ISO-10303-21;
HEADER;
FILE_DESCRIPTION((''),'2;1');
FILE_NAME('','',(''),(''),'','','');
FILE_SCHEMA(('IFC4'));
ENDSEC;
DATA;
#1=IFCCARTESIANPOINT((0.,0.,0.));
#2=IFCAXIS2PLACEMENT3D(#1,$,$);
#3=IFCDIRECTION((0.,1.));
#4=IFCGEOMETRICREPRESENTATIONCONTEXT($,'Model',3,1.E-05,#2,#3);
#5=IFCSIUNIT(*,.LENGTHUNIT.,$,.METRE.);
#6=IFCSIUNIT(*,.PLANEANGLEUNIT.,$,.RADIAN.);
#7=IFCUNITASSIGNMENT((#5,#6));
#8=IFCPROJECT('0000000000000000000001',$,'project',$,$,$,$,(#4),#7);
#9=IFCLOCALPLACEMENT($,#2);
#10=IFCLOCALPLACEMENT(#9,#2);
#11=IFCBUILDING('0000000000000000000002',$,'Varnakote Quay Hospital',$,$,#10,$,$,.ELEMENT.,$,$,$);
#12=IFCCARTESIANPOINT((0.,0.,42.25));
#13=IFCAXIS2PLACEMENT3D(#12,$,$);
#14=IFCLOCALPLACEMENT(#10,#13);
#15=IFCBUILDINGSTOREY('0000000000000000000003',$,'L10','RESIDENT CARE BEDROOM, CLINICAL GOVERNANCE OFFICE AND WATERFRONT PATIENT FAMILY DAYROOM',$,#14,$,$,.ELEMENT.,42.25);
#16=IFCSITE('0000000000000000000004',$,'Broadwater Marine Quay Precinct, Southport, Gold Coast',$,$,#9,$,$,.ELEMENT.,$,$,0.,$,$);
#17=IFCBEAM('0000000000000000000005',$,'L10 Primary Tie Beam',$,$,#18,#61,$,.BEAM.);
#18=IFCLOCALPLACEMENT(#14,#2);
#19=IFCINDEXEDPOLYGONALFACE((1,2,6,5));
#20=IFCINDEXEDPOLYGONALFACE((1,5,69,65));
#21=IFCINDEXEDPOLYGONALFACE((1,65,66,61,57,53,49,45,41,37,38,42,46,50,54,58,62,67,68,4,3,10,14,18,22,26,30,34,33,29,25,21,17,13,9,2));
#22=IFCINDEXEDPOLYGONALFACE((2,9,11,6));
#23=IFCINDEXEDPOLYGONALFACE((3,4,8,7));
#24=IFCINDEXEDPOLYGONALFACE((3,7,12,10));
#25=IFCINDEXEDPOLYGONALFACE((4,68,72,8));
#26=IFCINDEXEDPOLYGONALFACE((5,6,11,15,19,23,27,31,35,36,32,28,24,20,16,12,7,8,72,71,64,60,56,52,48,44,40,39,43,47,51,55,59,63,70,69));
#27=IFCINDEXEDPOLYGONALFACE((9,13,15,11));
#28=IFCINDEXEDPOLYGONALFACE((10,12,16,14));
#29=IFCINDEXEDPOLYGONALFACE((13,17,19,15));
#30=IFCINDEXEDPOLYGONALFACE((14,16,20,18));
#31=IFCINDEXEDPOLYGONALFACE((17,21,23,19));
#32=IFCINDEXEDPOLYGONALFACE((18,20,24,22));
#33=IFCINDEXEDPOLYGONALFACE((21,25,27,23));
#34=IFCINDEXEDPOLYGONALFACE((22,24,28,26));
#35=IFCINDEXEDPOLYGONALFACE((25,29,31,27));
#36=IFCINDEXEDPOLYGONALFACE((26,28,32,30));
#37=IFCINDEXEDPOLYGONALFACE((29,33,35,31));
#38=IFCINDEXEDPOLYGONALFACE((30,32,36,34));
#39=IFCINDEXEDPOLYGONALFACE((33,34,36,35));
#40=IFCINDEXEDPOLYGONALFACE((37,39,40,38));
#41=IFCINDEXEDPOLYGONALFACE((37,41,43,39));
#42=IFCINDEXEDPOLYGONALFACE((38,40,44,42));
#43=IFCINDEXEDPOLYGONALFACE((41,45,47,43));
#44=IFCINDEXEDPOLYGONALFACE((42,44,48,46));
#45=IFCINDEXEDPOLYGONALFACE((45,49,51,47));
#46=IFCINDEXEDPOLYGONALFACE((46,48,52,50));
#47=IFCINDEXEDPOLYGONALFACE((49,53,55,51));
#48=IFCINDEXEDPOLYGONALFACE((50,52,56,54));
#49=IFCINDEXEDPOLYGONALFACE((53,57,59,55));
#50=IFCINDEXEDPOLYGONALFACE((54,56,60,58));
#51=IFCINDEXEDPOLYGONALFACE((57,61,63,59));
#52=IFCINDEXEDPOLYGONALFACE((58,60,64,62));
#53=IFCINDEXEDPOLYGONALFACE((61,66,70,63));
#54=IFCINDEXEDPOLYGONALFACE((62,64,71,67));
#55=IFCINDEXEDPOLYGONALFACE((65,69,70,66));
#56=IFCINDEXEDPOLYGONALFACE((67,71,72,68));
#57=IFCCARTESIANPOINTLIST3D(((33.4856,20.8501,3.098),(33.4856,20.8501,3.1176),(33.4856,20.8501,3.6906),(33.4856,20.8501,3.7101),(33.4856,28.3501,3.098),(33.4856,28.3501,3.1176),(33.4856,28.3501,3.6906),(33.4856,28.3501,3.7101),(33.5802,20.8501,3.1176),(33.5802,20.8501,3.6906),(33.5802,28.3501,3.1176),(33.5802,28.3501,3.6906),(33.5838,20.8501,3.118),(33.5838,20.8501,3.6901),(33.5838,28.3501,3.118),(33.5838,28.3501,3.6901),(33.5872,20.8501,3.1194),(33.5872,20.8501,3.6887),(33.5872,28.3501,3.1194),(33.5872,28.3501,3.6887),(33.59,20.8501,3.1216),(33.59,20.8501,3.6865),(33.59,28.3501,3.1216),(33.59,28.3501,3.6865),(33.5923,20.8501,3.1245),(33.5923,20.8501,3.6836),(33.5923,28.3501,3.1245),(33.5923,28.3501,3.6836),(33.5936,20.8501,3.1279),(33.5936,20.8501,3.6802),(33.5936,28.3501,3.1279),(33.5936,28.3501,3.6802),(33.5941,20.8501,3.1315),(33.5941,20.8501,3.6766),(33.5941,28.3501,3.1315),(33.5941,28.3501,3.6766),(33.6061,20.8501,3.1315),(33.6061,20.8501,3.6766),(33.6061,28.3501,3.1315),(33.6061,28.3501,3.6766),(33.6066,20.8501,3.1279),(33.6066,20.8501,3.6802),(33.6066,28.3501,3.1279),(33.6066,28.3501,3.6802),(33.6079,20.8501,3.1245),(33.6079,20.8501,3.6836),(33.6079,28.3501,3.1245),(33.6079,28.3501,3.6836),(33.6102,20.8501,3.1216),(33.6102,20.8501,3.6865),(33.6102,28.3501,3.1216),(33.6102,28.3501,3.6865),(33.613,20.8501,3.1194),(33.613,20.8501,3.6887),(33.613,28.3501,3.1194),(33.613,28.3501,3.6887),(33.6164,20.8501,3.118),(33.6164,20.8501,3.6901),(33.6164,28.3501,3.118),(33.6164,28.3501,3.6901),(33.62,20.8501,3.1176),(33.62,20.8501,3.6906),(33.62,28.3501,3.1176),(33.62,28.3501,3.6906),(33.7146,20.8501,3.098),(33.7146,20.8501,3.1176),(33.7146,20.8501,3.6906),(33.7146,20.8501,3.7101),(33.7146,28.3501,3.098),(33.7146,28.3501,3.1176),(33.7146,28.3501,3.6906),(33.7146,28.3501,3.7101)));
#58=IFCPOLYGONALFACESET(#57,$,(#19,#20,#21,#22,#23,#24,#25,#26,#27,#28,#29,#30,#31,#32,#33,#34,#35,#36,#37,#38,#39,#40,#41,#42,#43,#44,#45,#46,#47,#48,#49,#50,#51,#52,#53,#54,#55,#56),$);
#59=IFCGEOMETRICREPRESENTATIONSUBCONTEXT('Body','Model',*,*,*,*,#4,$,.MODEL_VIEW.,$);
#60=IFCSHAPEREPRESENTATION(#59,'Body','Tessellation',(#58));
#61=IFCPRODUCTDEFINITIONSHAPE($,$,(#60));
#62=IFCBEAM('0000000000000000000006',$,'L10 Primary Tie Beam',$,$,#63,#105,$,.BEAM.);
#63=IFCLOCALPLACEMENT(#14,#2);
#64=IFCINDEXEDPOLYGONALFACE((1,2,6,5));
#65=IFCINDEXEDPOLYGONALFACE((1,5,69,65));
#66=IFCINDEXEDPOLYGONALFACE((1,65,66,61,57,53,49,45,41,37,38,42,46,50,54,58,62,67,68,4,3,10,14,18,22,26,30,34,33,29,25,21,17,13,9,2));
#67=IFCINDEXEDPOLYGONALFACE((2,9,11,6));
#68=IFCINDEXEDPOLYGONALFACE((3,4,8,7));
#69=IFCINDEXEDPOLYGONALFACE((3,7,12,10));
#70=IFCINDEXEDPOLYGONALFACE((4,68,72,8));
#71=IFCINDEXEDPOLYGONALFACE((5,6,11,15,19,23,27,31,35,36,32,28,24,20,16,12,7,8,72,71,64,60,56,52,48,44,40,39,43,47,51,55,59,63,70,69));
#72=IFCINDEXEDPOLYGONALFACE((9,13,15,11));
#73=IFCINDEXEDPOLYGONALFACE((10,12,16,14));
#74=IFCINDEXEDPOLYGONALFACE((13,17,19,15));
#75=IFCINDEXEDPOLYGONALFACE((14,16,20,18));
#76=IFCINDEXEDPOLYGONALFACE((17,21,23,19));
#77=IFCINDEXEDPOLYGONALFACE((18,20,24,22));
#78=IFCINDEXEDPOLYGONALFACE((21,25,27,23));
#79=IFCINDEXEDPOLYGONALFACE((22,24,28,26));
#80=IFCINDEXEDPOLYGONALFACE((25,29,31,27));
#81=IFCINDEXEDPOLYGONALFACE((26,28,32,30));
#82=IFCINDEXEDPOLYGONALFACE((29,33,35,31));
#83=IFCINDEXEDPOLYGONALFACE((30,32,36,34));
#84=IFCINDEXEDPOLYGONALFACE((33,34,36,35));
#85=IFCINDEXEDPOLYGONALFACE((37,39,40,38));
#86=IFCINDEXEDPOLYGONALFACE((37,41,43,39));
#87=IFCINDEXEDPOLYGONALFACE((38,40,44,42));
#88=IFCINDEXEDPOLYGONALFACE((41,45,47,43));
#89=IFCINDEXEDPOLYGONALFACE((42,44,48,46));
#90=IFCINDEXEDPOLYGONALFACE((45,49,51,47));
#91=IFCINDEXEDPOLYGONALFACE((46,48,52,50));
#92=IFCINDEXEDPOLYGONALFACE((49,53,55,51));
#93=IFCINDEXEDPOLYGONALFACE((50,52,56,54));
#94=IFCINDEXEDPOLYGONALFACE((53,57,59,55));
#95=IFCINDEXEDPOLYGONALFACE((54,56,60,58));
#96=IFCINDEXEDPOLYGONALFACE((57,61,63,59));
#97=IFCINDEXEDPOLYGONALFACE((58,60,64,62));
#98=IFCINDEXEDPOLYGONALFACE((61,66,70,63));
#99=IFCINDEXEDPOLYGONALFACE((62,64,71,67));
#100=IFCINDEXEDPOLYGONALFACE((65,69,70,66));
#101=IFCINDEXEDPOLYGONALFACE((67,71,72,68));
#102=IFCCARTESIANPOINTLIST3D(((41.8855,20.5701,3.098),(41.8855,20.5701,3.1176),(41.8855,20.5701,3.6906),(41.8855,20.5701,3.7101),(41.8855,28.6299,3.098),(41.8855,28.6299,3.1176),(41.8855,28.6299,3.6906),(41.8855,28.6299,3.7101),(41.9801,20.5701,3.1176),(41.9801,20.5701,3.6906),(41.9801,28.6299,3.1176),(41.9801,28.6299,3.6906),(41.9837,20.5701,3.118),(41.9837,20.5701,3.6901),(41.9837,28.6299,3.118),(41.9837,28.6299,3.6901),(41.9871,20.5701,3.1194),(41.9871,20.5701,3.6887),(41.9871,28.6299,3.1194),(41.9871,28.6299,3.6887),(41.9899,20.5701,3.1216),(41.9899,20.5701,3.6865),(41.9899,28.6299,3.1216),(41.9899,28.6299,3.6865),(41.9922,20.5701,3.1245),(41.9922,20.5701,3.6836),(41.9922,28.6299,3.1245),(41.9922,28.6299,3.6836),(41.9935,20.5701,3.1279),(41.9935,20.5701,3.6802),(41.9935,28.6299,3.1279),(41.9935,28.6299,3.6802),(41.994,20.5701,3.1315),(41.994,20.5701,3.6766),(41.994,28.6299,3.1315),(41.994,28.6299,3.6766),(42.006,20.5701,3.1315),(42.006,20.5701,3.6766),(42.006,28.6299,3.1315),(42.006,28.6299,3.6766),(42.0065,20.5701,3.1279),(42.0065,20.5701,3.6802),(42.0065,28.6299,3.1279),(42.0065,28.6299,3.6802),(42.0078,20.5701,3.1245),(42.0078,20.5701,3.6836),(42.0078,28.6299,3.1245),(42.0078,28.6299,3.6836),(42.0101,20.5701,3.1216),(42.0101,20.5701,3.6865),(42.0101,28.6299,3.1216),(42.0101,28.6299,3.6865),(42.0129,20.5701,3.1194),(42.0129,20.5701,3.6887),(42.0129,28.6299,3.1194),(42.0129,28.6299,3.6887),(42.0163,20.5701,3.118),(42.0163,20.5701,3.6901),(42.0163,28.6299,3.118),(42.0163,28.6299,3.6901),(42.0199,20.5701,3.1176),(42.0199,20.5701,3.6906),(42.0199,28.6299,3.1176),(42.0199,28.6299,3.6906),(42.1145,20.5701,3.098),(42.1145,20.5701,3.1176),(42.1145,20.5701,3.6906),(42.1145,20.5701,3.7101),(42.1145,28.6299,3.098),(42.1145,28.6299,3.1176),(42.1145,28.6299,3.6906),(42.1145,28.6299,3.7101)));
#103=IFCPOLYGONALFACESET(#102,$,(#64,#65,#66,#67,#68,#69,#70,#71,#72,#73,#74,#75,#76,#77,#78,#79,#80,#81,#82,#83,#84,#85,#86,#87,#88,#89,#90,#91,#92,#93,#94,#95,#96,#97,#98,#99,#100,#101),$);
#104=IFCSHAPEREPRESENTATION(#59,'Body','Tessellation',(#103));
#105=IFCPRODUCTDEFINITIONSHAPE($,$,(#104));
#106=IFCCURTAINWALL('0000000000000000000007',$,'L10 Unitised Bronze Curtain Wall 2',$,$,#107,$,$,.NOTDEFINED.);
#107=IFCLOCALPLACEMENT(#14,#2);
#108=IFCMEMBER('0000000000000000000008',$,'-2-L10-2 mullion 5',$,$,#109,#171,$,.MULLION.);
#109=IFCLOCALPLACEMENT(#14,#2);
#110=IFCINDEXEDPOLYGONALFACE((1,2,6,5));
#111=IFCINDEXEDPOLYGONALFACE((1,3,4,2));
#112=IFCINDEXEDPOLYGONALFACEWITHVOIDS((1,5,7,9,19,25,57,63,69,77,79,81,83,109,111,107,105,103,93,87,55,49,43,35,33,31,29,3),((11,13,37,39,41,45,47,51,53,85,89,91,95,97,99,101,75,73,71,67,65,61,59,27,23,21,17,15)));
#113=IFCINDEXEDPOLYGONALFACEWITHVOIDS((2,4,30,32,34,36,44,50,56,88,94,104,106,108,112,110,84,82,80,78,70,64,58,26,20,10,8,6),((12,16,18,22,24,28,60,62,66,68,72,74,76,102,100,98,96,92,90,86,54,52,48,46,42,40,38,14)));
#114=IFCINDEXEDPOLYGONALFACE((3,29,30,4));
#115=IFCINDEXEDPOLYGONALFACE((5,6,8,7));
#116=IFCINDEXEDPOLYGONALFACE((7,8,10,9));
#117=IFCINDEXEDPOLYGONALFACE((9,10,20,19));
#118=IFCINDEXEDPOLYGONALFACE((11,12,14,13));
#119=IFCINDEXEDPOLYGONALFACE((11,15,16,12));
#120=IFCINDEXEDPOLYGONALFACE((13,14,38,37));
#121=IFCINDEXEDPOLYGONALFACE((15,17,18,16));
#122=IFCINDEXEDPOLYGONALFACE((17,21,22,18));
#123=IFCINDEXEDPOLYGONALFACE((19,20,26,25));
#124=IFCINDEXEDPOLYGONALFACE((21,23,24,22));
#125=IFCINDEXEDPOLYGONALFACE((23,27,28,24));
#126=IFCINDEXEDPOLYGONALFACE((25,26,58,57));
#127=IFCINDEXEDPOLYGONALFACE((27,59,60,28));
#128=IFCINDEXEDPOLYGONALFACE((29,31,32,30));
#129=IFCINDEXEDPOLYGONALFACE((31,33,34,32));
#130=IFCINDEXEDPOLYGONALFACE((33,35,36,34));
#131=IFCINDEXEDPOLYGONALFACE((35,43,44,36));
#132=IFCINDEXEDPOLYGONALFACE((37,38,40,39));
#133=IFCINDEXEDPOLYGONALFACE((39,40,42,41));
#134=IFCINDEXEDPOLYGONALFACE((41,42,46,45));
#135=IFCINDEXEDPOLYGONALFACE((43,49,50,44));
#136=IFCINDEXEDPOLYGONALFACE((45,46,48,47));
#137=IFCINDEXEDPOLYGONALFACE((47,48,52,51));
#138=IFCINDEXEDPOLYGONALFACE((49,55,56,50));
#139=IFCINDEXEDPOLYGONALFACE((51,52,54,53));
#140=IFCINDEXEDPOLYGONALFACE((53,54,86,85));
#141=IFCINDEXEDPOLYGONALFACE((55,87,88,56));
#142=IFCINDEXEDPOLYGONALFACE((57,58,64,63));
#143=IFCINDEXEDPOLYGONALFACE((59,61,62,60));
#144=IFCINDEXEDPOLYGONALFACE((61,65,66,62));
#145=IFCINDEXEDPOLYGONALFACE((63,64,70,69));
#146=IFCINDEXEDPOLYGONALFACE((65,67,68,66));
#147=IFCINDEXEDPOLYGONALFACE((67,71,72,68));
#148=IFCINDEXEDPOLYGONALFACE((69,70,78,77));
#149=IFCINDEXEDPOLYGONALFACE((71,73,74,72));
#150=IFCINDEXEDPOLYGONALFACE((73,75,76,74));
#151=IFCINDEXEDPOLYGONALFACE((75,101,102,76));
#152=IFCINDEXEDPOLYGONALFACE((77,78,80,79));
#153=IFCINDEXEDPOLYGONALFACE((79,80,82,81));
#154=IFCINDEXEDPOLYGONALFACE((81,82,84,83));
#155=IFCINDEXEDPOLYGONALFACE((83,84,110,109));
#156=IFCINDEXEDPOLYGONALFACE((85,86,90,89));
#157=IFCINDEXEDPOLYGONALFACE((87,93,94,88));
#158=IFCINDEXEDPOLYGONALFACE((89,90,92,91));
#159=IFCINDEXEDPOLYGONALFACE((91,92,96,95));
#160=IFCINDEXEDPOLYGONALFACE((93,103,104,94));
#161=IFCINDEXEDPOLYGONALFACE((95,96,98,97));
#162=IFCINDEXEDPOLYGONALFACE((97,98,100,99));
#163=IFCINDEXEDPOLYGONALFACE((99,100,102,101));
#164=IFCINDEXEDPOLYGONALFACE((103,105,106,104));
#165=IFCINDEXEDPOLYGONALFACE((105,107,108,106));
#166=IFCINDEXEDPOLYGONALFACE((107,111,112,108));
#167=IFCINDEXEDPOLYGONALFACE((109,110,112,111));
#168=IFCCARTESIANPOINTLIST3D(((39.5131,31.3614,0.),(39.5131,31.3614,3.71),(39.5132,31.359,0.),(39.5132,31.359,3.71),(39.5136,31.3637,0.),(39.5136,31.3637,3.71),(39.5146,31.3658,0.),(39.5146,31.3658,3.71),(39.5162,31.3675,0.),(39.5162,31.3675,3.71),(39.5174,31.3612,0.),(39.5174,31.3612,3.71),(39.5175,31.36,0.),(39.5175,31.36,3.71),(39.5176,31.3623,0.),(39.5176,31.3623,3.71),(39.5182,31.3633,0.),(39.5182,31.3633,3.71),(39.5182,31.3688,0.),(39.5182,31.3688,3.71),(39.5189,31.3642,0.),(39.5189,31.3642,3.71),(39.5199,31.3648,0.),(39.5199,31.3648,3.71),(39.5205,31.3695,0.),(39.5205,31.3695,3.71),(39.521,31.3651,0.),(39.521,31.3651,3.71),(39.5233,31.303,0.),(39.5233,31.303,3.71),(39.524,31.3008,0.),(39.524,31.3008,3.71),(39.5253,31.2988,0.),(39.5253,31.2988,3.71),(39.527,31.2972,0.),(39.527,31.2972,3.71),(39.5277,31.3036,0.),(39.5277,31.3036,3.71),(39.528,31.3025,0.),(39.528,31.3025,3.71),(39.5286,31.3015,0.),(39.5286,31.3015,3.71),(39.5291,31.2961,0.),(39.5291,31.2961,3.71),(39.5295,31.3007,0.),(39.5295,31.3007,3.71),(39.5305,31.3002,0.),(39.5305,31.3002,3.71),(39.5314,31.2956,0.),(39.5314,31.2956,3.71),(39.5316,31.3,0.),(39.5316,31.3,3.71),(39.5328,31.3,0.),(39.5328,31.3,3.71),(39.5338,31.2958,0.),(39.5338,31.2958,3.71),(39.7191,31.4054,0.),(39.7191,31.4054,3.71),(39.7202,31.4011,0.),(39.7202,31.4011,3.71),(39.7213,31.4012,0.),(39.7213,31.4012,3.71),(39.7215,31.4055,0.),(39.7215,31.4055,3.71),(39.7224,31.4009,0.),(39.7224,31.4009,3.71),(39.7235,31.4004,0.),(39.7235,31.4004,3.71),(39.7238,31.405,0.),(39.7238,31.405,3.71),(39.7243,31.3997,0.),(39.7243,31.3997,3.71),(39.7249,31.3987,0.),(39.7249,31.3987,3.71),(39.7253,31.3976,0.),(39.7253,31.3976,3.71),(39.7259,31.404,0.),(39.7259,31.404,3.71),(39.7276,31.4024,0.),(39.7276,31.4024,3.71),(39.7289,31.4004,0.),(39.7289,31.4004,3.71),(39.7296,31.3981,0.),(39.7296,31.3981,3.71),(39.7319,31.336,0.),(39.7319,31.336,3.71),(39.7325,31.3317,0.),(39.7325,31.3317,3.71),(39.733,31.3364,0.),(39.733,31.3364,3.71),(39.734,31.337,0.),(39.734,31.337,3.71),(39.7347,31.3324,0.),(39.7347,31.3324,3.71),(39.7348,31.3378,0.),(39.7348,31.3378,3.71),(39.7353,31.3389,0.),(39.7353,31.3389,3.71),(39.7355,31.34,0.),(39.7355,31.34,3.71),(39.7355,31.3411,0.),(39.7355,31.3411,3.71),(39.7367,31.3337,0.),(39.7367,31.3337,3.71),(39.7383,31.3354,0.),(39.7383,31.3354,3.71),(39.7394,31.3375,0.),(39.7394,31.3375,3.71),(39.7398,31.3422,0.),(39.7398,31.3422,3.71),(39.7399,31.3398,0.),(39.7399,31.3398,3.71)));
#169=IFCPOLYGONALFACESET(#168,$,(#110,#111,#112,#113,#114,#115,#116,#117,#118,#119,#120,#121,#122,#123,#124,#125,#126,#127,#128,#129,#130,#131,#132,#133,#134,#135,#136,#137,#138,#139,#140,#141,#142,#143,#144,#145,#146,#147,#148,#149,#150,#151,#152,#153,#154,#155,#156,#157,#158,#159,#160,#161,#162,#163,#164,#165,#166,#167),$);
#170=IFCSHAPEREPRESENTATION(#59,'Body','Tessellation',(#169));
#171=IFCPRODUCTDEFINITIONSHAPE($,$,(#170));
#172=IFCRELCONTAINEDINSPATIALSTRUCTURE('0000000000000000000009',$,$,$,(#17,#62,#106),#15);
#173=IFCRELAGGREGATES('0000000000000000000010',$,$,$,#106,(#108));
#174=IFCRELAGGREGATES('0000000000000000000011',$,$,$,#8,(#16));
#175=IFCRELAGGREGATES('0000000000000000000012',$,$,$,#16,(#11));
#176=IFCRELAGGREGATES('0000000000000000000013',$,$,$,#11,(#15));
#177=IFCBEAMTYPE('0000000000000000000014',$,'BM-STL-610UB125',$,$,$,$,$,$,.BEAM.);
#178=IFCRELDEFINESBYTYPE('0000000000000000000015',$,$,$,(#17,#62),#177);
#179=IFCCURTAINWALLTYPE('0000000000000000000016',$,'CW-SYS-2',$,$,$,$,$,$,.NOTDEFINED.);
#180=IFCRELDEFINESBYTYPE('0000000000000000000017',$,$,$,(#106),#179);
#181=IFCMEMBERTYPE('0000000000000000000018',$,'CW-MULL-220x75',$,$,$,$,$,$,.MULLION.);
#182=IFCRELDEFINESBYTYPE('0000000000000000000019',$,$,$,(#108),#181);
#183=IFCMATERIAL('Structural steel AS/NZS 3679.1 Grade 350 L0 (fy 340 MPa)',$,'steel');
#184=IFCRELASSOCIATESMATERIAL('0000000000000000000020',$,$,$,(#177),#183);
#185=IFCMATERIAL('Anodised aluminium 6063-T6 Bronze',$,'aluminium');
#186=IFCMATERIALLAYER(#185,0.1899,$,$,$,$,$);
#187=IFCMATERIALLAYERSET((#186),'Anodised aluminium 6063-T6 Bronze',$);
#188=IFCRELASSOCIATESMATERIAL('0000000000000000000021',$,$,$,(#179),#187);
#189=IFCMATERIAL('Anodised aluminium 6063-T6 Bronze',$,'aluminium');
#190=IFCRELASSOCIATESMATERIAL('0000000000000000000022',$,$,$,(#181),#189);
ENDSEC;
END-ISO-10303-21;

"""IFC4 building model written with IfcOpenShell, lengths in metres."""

from ifc_helpers import new_model, si_unit, direction, frame, origin, origin_2d, place, context, subcontext, project, spatial, hollow_rectangle, i_section, extrude, material, layer, layer_set, material_profile, profile_set, type_object, element, aggregate, save


model = new_model("IFC4")

# Units and contexts
model_context = context("Model", 3, precision=1e-05, world=origin(), true_north=direction((0.0, 1.0)))
body_context = subcontext(model_context, "Body", "Model", "MODEL_VIEW")
ifc_project = project(units=[si_unit("LENGTHUNIT", "METRE"), si_unit("PLANEANGLEUNIT", "RADIAN")], contexts=[model_context])

# Site, building, storey
site_placement = place(None, origin())
site = spatial("IfcSite", under=ifc_project, at=site_placement, Name="Broadwater Marine Quay Precinct, Southport, Gold Coast", CompositionType="ELEMENT", RefElevation=0.0)
building_placement = place(site_placement, origin())
building = spatial("IfcBuilding", under=site, at=building_placement, Name="Varnakote Quay Hospital", CompositionType="ELEMENT")
storey_placement = place(building_placement, frame((0.0, 0.0, 42.25)))
storey = spatial("IfcBuildingStorey", under=building, at=storey_placement, Name="L10", Description="RESIDENT CARE BEDROOM, CLINICAL GOVERNANCE OFFICE AND WATERFRONT PATIENT FAMILY DAYROOM", CompositionType="ELEMENT", Elevation=42.25)

# Beams
ifc_material_1 = material(Name="Structural steel AS/NZS 3679.1 Grade 350 L0 (fy 340 MPa)", Category="steel")
ifc_material_profile_1 = material_profile(ifc_material_1, i_section(OverallWidth=0.229, OverallDepth=0.6121, WebThickness=0.012, FlangeThickness=0.0195, FilletRadius=0.0139, at=origin_2d()), Name="610UB125")
ifc_profile_set_1 = profile_set([ifc_material_profile_1], Name="Structural steel AS/NZS 3679.1 Grade 350 L0 (fy 340 MPa)")
beam_type_1 = type_object("IfcBeamType", Name="BM-STL-610UB125", PredefinedType="BEAM", material=ifc_profile_set_1)
beam_1_placement = place(storey_placement, frame((33.6001, 20.8501, 3.4041), z_axis=(0.0, 1.0, 0.0), x_axis=(-1.0, 0.0, 0.0)))
element("IfcBeam", 1, at=beam_1_placement, inside=storey, type_object=beam_type_1, Name="L10 Primary Tie Beam", PredefinedType="BEAM", context=body_context, shape_type="SweptSolid", body=[
    extrude(i_section(OverallWidth=0.229, OverallDepth=0.6121, WebThickness=0.012, FlangeThickness=0.0195, FilletRadius=0.0139, at=origin_2d()), origin(), (0.0, 0.0, 1.0), 7.5),
])
beam_2_placement = place(storey_placement, frame((42.0, 20.5701, 3.4041), z_axis=(0.0, 1.0, 0.0), x_axis=(-1.0, 0.0, 0.0)))
element("IfcBeam", 2, at=beam_2_placement, inside=storey, type_object=beam_type_1, Name="L10 Primary Tie Beam", PredefinedType="BEAM", context=body_context, shape_type="SweptSolid", body=[
    extrude(i_section(OverallWidth=0.229, OverallDepth=0.6121, WebThickness=0.012, FlangeThickness=0.0195, FilletRadius=0.0139, at=origin_2d()), origin(), (0.0, 0.0, 1.0), 8.0598),
])

# Curtain wall, member
ifc_material_2 = material(Name="Anodised aluminium 6063-T6 Bronze", Category="aluminium")
ifc_layer_1 = layer(ifc_material_2, 0.1899)
ifc_layer_set_1 = layer_set([ifc_layer_1], Name="Anodised aluminium 6063-T6 Bronze")
curtain_wall_type = type_object("IfcCurtainWallType", Name="CW-SYS-2", PredefinedType="NOTDEFINED", material=ifc_layer_set_1)
curtain_wall_placement = place(storey_placement, origin())
curtain_wall = element("IfcCurtainWall", 3, at=curtain_wall_placement, inside=storey, type_object=curtain_wall_type, Name="L10 Unitised Bronze Curtain Wall 2", PredefinedType="NOTDEFINED")
ifc_material_3 = material(Name="Anodised aluminium 6063-T6 Bronze", Category="aluminium")
ifc_material_profile_2 = material_profile(ifc_material_3, hollow_rectangle(XDim=0.075, YDim=0.22, WallThickness=0.0044, InnerFilletRadius=0.0044, OuterFilletRadius=0.009, at=origin_2d()), Name="CW-MULL-220x75")
ifc_profile_set_2 = profile_set([ifc_material_profile_2], Name="Anodised aluminium 6063-T6 Bronze")
member_type = type_object("IfcMemberType", Name="CW-MULL-220x75", PredefinedType="MULLION", material=ifc_profile_set_2)
member_placement = place(storey_placement, frame((39.6265, 31.3506, 0.0), z_axis=(0.0, 0.0, 1.0), x_axis=(0.177846, -0.984058, 0.0)))
member = element("IfcMember", 4, at=member_placement, type_object=member_type, Name="-2-L10-2 mullion 5", PredefinedType="MULLION", context=body_context, shape_type="SweptSolid", body=[
    extrude(hollow_rectangle(XDim=0.075, YDim=0.22, WallThickness=0.0044, InnerFilletRadius=0.0044, OuterFilletRadius=0.009, at=origin_2d()), origin(), (0.0, 0.0, 1.0), 3.71),
])

aggregate(curtain_wall, [member])

save(model, "model.ifc")
